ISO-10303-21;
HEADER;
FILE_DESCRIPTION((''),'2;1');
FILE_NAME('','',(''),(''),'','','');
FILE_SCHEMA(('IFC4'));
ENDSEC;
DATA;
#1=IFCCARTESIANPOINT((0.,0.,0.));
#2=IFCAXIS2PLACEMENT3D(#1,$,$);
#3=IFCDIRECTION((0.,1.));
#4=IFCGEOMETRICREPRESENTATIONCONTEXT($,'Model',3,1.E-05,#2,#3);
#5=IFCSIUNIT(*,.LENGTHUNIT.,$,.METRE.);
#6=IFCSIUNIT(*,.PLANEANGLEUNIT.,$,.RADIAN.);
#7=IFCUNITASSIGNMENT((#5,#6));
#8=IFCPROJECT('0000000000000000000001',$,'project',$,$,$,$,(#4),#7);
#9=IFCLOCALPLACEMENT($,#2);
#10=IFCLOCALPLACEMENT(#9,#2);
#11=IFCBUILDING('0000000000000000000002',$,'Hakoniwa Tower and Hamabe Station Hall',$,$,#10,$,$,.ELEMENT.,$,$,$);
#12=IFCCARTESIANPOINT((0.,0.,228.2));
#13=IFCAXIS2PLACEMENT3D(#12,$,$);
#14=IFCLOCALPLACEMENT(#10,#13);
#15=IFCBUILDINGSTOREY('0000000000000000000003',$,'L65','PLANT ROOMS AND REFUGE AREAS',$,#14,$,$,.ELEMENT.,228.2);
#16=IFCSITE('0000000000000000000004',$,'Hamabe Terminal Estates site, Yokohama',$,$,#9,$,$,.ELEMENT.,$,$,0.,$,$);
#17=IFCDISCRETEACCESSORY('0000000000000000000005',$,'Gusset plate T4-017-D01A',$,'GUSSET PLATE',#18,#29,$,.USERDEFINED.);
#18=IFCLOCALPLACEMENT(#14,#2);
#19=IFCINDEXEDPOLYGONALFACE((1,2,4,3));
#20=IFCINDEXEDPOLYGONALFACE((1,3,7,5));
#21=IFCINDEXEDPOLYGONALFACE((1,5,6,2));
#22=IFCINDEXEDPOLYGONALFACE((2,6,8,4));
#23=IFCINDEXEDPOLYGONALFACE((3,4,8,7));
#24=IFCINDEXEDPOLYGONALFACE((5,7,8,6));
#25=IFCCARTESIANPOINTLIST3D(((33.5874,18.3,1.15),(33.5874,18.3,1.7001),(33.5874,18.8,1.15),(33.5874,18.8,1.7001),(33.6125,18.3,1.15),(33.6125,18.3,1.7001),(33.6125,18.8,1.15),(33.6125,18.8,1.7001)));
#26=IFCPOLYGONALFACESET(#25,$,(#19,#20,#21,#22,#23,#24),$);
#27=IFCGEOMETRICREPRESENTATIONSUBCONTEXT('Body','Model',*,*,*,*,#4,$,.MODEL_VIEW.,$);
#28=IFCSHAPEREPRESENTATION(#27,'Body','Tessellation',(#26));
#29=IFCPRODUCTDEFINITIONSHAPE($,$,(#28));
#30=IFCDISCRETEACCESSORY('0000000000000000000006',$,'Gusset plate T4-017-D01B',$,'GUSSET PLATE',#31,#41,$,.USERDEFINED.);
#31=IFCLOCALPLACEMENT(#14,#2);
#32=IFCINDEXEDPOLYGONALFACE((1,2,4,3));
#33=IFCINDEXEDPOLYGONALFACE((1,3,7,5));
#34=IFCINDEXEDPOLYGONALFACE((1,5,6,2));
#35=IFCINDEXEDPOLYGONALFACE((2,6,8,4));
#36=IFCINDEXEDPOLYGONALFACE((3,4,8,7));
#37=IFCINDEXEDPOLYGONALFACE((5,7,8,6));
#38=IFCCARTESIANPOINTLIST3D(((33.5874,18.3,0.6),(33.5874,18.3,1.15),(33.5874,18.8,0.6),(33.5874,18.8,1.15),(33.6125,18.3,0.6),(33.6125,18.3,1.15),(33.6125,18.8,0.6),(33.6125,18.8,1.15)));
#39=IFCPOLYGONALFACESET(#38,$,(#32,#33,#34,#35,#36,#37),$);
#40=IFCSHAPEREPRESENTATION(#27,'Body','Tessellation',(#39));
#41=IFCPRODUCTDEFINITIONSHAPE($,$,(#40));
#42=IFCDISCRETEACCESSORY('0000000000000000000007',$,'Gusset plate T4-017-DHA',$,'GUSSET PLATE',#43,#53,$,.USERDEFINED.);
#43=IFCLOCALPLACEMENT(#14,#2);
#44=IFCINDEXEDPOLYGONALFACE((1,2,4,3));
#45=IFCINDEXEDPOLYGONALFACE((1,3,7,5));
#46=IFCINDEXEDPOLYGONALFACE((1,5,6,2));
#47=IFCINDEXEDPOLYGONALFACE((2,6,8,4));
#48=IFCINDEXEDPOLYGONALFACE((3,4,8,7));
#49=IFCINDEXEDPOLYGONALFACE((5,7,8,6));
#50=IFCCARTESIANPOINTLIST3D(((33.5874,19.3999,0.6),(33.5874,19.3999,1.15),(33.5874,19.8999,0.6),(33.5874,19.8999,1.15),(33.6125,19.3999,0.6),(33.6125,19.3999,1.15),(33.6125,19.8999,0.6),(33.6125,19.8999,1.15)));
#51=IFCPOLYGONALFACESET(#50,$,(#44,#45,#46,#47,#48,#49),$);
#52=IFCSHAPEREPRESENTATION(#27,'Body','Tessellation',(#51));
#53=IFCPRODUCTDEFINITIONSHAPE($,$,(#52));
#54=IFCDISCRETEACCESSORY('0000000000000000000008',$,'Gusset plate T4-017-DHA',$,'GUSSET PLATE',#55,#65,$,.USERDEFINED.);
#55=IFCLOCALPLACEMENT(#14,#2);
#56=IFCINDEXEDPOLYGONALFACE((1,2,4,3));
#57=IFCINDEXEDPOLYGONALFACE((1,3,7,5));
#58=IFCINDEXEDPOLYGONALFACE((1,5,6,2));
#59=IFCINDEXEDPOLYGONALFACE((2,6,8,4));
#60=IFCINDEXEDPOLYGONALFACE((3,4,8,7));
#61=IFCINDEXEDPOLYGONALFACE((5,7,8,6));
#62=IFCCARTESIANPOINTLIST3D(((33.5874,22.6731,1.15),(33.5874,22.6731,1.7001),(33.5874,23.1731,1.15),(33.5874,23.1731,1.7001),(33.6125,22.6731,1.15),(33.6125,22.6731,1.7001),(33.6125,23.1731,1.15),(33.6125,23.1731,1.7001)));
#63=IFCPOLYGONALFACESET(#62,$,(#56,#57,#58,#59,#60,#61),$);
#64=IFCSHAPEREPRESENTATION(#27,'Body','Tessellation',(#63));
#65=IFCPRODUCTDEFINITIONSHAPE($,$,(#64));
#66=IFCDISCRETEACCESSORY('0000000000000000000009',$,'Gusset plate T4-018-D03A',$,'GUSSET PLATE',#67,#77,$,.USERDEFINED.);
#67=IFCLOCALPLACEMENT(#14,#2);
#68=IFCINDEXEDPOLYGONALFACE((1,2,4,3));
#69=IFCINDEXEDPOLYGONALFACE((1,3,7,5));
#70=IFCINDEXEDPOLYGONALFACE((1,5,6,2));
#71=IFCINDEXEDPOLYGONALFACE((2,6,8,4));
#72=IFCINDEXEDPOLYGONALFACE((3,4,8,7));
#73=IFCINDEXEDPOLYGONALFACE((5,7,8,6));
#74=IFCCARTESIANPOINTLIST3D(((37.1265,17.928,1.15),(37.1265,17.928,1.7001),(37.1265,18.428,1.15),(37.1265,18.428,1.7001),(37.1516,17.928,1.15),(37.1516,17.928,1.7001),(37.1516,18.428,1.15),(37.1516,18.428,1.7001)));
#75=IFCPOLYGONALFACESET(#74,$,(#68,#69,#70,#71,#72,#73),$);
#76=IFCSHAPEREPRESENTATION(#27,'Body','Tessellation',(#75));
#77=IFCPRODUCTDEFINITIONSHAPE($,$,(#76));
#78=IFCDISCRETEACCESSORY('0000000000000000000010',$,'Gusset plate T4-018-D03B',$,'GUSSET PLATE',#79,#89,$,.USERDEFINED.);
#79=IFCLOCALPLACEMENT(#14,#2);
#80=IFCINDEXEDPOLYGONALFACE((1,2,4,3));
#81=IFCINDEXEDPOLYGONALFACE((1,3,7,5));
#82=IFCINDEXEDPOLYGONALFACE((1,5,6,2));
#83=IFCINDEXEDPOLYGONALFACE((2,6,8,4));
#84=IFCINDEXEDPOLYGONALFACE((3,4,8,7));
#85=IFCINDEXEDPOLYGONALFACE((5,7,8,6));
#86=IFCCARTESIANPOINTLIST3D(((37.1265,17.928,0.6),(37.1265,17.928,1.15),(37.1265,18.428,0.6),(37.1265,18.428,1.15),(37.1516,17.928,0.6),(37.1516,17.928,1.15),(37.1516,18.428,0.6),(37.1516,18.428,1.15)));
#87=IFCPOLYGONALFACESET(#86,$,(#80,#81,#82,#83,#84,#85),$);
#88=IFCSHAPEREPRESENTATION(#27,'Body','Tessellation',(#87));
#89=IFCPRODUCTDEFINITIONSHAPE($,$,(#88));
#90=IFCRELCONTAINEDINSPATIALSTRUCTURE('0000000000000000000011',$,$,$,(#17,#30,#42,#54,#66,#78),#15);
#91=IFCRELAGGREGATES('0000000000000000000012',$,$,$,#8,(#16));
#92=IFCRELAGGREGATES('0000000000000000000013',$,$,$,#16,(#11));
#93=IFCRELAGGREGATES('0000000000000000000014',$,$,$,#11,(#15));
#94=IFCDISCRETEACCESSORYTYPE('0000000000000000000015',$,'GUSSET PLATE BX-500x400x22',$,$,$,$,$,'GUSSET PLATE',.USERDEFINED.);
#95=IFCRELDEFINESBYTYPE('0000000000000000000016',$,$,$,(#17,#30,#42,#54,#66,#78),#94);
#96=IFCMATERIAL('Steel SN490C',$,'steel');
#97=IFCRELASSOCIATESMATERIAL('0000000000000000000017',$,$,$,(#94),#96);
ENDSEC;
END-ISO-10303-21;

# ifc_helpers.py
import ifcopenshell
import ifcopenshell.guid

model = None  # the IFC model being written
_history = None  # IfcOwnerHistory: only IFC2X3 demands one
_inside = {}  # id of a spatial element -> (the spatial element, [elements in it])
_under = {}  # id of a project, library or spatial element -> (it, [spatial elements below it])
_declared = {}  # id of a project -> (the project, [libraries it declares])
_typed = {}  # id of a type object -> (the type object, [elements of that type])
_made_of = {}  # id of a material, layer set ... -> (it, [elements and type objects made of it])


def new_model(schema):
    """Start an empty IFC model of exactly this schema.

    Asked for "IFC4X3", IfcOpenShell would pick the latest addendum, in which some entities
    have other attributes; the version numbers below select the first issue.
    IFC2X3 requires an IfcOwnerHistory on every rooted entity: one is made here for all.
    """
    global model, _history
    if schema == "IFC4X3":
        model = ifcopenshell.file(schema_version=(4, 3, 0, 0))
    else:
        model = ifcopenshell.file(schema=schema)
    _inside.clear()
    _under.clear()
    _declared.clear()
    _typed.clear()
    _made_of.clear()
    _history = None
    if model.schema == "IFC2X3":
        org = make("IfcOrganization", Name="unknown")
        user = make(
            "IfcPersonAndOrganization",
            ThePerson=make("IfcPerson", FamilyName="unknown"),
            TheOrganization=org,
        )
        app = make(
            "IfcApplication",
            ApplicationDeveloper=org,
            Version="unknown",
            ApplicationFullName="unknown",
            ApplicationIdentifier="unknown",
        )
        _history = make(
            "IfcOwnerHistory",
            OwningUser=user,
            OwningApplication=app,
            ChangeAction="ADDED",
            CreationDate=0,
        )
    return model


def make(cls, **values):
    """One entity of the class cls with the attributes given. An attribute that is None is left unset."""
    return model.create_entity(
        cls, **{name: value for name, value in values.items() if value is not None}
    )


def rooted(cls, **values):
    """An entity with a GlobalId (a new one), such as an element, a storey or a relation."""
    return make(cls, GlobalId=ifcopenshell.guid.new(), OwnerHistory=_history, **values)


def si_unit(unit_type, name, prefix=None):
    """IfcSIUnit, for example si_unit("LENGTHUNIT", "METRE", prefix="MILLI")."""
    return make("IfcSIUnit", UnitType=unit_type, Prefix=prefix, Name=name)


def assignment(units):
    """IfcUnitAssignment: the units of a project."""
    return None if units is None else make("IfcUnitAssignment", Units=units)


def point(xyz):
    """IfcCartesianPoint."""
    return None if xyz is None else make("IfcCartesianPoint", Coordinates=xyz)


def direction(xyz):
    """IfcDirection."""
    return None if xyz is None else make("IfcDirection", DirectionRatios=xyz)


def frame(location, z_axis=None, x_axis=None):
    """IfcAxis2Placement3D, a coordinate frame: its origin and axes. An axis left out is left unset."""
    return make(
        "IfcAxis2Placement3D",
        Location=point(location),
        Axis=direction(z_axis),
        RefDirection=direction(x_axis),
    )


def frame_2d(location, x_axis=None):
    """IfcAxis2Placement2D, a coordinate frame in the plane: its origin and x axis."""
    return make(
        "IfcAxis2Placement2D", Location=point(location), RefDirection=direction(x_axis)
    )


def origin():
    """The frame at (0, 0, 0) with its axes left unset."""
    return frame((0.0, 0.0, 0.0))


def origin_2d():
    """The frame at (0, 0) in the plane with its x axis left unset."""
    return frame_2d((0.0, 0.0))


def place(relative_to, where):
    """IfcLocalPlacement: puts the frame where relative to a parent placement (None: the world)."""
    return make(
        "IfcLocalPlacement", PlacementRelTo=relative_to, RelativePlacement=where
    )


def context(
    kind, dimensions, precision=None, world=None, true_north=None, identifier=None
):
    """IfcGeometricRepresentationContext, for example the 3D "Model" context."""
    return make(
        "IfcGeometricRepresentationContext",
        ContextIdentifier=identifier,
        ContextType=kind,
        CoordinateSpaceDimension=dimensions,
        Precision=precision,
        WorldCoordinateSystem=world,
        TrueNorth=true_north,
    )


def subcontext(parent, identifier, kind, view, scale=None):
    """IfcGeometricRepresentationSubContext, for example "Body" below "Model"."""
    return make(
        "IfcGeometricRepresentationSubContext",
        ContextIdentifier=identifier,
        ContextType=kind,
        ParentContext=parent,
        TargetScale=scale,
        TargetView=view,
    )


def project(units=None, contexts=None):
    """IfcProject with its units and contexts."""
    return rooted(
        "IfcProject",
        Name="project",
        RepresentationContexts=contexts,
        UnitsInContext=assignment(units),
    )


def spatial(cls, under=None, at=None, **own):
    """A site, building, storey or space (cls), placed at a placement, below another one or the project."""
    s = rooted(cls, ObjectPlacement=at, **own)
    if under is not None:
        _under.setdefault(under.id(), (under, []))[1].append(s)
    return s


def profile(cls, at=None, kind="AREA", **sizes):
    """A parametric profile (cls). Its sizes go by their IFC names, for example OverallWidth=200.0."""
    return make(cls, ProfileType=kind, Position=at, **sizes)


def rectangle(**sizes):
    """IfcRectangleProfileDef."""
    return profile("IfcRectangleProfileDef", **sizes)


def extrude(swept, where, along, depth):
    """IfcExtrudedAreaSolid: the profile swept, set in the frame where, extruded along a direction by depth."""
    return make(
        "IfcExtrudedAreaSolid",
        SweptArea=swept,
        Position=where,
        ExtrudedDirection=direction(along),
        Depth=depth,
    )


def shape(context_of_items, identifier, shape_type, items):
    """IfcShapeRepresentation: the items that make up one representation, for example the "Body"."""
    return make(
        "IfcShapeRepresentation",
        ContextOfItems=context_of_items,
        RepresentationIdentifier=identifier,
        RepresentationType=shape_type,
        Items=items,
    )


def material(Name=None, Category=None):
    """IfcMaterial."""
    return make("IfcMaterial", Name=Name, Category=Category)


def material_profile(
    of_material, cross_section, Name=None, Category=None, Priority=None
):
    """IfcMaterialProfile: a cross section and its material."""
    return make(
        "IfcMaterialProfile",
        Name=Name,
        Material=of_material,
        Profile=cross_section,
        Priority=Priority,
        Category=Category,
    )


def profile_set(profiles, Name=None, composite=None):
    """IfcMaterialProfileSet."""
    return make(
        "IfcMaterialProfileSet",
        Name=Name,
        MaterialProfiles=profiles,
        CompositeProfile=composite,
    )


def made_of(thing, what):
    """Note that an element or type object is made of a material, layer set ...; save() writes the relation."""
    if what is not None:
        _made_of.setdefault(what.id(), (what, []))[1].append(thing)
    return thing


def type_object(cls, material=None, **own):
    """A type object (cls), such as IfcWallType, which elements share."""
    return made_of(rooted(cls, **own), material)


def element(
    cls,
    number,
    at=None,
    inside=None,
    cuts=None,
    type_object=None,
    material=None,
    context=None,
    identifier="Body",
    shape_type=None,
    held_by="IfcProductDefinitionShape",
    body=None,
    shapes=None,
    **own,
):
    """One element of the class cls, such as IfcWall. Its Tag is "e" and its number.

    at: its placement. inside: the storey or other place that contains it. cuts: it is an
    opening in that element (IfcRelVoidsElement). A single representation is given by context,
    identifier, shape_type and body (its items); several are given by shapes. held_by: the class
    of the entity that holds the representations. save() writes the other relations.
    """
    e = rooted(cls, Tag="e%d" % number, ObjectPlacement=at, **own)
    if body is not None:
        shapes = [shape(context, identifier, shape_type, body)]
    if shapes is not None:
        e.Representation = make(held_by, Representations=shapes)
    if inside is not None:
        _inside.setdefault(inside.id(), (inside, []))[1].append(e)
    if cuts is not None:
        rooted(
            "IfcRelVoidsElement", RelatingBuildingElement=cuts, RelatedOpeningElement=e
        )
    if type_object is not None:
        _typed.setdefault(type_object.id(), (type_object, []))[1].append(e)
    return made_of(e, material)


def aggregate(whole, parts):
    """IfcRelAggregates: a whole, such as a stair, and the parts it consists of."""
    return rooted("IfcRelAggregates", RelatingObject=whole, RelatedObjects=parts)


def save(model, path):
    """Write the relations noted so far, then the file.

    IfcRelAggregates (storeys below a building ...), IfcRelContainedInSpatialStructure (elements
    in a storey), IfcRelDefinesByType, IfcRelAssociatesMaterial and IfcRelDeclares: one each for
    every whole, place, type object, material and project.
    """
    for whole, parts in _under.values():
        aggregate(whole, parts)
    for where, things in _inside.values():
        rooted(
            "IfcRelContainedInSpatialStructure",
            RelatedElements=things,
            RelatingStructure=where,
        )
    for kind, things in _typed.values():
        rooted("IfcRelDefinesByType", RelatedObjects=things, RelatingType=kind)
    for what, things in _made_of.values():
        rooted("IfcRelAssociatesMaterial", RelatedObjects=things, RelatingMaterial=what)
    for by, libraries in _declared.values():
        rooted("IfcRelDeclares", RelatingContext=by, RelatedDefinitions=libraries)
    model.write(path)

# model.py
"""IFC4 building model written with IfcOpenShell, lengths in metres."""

from ifc_helpers import new_model, si_unit, direction, frame, origin, origin_2d, place, context, subcontext, project, spatial, rectangle, extrude, material, material_profile, profile_set, type_object, element, save


model = new_model("IFC4")

# Units and contexts
model_context = context("Model", 3, precision=1e-05, world=origin(), true_north=direction((0.0, 1.0)))
body_context = subcontext(model_context, "Body", "Model", "MODEL_VIEW")
ifc_project = project(units=[si_unit("LENGTHUNIT", "METRE"), si_unit("PLANEANGLEUNIT", "RADIAN")], contexts=[model_context])

# Site, building, storey
site_placement = place(None, origin())
site = spatial("IfcSite", under=ifc_project, at=site_placement, Name="Hamabe Terminal Estates site, Yokohama", CompositionType="ELEMENT", RefElevation=0.0)
building_placement = place(site_placement, origin())
building = spatial("IfcBuilding", under=site, at=building_placement, Name="Hakoniwa Tower and Hamabe Station Hall", CompositionType="ELEMENT")
storey_placement = place(building_placement, frame((0.0, 0.0, 228.2)))
storey = spatial("IfcBuildingStorey", under=building, at=storey_placement, Name="L65", Description="PLANT ROOMS AND REFUGE AREAS", CompositionType="ELEMENT", Elevation=228.2)

# Discrete accessories
ifc_material_1 = material(Name="Steel SN490C", Category="steel")
ifc_material_profile_1 = material_profile(ifc_material_1, rectangle(XDim=0.5, YDim=0.55, at=origin_2d()), Name="GUSSET PLATE BX-500x400x22")
ifc_profile_set_1 = profile_set([ifc_material_profile_1], Name="Steel SN490C")
discrete_accessory_type_1 = type_object("IfcDiscreteAccessoryType", Name="GUSSET PLATE BX-500x400x22", ElementType="GUSSET PLATE", PredefinedType="USERDEFINED", material=ifc_profile_set_1)
for number, where, z_axis, x_axis, name in (
    (1, (33.6125, 18.55, 1.425), (-1.0, 0.0, 0.0), (0.0, -1.0, 0.0), "Gusset plate T4-017-D01A"),
    (2, (33.6125, 18.55, 0.875), (-1.0, 0.0, 0.0), (0.0, -1.0, 0.0), "Gusset plate T4-017-D01B"),
    (3, (33.6125, 19.6499, 0.875), (-1.0, 0.0, 0.0), (0.0, -1.0, 0.0), "Gusset plate T4-017-DHA"),
    (4, (33.6125, 22.9231, 1.425), (-1.0, 0.0, 0.0), (0.0, -1.0, 0.0), "Gusset plate T4-017-DHA"),
    (5, (37.1516, 18.178, 1.425), (-1.0, 0.0, 0.0), (0.0, -1.0, 0.0), "Gusset plate T4-018-D03A"),
    (6, (37.1516, 18.178, 0.875), (-1.0, 0.0, 0.0), (0.0, -1.0, 0.0), "Gusset plate T4-018-D03B"),
):
    element("IfcDiscreteAccessory", number, at=place(storey_placement, frame(where, z_axis=z_axis, x_axis=x_axis)), inside=storey, type_object=discrete_accessory_type_1, Name=name, ObjectType="GUSSET PLATE", PredefinedType="USERDEFINED", context=body_context, shape_type="SweptSolid", body=[
        extrude(rectangle(XDim=0.5, YDim=0.55, at=origin_2d()), origin(), (0.0, 0.0, 1.0), 0.0251),
    ])

save(model, "model.ifc")
